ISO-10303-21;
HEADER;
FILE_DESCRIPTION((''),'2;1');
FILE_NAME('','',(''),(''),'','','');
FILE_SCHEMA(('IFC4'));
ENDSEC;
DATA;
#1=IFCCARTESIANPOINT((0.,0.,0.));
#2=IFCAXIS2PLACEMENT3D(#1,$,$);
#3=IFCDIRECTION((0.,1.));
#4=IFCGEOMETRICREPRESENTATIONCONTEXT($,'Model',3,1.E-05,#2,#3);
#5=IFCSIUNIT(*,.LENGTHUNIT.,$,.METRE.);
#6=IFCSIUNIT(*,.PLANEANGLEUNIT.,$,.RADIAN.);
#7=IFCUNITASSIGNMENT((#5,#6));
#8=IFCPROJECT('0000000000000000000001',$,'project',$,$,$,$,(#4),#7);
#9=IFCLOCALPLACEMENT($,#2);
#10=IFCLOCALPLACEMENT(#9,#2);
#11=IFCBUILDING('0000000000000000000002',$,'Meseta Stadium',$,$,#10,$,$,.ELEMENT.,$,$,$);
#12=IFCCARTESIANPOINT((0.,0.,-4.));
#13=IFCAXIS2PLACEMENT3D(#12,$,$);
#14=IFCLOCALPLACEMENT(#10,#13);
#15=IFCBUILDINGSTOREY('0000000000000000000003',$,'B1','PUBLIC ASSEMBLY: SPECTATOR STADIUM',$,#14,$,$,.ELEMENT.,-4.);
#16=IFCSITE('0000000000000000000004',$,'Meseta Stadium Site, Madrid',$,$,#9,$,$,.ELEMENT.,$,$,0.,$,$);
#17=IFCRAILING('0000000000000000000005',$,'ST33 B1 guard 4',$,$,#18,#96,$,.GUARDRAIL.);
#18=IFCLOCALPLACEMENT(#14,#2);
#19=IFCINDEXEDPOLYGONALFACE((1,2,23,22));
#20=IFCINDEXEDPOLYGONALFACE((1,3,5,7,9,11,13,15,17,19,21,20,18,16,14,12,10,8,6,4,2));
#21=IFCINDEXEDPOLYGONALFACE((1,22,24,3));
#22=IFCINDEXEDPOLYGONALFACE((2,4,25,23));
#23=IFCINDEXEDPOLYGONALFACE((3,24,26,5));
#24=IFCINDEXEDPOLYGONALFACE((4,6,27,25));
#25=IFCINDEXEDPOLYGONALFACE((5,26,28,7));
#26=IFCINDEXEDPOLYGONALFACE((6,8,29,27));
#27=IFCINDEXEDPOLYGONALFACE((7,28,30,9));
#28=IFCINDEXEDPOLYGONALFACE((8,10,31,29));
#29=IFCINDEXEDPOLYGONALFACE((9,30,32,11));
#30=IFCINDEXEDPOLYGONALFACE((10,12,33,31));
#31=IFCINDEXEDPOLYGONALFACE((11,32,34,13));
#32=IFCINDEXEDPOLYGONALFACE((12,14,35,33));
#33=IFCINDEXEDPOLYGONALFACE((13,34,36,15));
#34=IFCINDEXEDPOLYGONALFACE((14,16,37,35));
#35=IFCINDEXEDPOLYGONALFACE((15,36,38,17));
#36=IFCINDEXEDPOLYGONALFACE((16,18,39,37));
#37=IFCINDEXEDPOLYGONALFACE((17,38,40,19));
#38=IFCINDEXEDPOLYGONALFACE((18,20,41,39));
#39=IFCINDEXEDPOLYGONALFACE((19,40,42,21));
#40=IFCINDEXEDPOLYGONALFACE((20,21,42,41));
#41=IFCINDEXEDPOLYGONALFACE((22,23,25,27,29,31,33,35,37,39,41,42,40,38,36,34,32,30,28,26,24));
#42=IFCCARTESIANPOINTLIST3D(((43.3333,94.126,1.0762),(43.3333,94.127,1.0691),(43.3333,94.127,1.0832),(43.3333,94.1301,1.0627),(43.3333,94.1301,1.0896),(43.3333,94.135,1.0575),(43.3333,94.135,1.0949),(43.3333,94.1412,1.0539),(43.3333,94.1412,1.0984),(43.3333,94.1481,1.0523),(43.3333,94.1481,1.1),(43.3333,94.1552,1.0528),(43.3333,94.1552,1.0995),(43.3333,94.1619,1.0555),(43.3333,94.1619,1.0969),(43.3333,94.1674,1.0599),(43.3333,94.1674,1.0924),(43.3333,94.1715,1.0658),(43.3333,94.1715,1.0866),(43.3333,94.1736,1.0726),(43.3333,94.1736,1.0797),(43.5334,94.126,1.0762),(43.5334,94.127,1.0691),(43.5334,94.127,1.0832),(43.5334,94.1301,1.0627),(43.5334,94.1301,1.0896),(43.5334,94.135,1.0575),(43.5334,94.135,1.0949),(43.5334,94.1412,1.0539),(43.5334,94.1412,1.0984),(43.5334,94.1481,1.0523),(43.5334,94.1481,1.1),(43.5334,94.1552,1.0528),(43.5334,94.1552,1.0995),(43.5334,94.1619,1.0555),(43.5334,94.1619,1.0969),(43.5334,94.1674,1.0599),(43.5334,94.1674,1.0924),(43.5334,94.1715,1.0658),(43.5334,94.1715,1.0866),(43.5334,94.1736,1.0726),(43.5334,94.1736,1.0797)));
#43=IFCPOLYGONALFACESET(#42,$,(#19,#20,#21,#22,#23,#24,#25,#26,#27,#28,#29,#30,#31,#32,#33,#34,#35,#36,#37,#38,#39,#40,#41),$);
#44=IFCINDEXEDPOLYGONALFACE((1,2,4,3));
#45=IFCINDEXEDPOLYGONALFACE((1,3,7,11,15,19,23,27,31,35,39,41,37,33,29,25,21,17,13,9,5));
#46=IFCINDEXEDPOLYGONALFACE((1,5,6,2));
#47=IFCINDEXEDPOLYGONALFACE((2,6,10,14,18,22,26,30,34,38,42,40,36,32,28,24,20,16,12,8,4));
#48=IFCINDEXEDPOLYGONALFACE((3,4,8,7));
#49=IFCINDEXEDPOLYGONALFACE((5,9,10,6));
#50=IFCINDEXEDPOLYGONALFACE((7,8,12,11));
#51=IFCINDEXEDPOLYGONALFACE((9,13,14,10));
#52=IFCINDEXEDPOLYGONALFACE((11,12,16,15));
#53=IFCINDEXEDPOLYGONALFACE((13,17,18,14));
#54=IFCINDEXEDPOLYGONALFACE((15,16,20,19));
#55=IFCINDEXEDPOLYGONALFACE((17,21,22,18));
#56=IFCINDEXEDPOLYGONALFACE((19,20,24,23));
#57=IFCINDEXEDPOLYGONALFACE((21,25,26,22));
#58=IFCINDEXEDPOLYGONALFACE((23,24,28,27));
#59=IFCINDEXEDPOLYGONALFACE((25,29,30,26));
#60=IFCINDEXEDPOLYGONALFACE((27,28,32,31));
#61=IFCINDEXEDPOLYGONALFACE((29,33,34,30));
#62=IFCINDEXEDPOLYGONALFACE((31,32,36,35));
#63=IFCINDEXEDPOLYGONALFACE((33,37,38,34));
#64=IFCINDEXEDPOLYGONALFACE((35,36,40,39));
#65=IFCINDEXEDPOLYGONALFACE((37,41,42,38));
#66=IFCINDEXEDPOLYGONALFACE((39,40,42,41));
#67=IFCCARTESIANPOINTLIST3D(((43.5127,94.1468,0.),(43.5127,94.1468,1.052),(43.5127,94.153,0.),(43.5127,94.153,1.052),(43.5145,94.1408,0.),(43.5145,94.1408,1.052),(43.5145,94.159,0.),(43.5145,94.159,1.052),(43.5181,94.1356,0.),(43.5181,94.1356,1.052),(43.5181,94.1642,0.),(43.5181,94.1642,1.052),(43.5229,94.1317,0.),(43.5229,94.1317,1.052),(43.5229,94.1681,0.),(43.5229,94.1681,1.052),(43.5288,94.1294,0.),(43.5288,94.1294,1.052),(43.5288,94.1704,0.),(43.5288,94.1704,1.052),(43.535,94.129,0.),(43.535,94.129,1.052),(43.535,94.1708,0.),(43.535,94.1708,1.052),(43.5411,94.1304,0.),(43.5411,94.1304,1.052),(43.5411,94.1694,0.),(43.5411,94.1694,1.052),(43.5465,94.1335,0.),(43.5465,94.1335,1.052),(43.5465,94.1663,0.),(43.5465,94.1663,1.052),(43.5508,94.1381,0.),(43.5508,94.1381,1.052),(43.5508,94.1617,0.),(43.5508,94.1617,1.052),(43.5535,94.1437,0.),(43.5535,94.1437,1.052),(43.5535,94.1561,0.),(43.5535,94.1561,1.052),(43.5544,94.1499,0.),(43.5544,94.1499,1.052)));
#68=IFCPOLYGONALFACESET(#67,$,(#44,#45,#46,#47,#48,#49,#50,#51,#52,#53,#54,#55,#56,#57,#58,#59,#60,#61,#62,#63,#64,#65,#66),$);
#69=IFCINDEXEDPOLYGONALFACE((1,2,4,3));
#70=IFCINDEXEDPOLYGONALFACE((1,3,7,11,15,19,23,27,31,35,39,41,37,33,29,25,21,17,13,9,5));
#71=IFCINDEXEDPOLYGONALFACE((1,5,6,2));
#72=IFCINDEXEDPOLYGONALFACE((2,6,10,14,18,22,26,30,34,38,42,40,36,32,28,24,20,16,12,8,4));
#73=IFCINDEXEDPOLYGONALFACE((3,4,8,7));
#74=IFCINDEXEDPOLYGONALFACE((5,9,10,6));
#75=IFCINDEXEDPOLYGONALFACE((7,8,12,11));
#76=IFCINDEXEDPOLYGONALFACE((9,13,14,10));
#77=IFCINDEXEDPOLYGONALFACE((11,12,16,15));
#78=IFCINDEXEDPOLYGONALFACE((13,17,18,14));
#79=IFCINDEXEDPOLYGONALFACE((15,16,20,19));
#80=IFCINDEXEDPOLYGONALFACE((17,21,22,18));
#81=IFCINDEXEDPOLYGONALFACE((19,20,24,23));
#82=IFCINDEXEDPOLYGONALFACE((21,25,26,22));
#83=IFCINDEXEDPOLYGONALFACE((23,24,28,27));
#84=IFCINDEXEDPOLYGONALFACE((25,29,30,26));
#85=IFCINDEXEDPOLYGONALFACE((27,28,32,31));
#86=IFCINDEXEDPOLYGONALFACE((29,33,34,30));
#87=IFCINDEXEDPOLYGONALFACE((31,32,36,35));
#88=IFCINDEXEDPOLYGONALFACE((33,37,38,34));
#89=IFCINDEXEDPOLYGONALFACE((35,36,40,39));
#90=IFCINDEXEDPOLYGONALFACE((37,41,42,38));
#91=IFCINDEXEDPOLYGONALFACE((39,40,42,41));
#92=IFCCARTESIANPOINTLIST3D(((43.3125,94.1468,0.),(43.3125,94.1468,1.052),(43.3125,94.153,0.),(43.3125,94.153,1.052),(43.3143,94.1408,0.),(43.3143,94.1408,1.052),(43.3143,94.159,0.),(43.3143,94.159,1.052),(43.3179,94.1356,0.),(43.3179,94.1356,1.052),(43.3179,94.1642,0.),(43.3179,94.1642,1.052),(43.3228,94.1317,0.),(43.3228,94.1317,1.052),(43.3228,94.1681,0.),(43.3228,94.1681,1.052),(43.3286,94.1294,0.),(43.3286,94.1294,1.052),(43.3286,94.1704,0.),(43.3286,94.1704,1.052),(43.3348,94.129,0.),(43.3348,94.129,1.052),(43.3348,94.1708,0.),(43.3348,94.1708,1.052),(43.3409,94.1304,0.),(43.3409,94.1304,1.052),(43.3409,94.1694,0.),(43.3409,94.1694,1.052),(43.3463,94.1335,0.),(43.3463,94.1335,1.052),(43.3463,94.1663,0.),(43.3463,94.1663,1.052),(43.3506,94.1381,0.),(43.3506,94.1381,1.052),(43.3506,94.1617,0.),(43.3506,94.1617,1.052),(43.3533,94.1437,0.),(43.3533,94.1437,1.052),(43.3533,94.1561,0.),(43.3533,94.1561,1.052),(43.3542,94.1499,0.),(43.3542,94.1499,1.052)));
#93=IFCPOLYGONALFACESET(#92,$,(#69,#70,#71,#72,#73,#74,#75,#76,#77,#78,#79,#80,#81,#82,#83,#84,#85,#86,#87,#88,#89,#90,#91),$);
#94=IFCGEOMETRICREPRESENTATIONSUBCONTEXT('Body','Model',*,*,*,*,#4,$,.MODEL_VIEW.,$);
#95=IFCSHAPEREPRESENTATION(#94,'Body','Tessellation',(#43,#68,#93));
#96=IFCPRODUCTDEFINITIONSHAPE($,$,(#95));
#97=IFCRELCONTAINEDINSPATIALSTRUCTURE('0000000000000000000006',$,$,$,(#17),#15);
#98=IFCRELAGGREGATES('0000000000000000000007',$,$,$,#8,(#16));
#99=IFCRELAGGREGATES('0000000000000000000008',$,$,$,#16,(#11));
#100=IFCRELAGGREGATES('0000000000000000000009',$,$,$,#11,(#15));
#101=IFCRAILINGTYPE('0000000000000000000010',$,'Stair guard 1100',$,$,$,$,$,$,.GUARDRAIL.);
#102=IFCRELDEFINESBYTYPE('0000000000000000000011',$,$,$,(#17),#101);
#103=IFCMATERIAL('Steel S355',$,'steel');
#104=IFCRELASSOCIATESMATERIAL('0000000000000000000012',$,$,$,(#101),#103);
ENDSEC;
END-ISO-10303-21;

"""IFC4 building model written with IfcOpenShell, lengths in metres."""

from ifc_helpers import new_model, si_unit, direction, frame, origin, origin_2d, place, context, subcontext, project, spatial, circle, extrude, material, type_object, element, save


model = new_model("IFC4")

# Units and contexts
model_context = context("Model", 3, precision=1e-05, world=origin(), true_north=direction((0.0, 1.0)))
body_context = subcontext(model_context, "Body", "Model", "MODEL_VIEW")
ifc_project = project(units=[si_unit("LENGTHUNIT", "METRE"), si_unit("PLANEANGLEUNIT", "RADIAN")], contexts=[model_context])

# Site, building, storey
site_placement = place(None, origin())
site = spatial("IfcSite", under=ifc_project, at=site_placement, Name="Meseta Stadium Site, Madrid", CompositionType="ELEMENT", RefElevation=0.0)
building_placement = place(site_placement, origin())
building = spatial("IfcBuilding", under=site, at=building_placement, Name="Meseta Stadium", CompositionType="ELEMENT")
storey_placement = place(building_placement, frame((0.0, 0.0, -4.0)))
storey = spatial("IfcBuildingStorey", under=building, at=storey_placement, Name="B1", Description="PUBLIC ASSEMBLY: SPECTATOR STADIUM", CompositionType="ELEMENT", Elevation=-4.0)

# Railing
ifc_material_1 = material(Name="Steel S355", Category="steel")
railing_type_1 = type_object("IfcRailingType", Name="Stair guard 1100", PredefinedType="GUARDRAIL", material=ifc_material_1)
railing_1_placement = place(storey_placement, frame((43.5334, 94.1499, 0.0)))
element("IfcRailing", 1, at=railing_1_placement, inside=storey, type_object=railing_type_1, Name="ST33 B1 guard 4", PredefinedType="GUARDRAIL", context=body_context, shape_type="SweptSolid", body=[
    extrude(circle(Radius=0.0239, at=origin_2d()), frame((0.0, 0.0, 1.0762), z_axis=(-1.0, 0.0, 0.0), x_axis=(0.0, -1.0, 0.0)), (0.0, 0.0, 1.0), 0.2002),
    extrude(circle(Radius=0.021, at=origin_2d()), origin(), (0.0, 0.0, 1.0), 1.052),
    extrude(circle(Radius=0.021, at=origin_2d()), frame((-0.2002, 0.0, 0.0)), (0.0, 0.0, 1.0), 1.052),
])

save(model, "model.ifc")
